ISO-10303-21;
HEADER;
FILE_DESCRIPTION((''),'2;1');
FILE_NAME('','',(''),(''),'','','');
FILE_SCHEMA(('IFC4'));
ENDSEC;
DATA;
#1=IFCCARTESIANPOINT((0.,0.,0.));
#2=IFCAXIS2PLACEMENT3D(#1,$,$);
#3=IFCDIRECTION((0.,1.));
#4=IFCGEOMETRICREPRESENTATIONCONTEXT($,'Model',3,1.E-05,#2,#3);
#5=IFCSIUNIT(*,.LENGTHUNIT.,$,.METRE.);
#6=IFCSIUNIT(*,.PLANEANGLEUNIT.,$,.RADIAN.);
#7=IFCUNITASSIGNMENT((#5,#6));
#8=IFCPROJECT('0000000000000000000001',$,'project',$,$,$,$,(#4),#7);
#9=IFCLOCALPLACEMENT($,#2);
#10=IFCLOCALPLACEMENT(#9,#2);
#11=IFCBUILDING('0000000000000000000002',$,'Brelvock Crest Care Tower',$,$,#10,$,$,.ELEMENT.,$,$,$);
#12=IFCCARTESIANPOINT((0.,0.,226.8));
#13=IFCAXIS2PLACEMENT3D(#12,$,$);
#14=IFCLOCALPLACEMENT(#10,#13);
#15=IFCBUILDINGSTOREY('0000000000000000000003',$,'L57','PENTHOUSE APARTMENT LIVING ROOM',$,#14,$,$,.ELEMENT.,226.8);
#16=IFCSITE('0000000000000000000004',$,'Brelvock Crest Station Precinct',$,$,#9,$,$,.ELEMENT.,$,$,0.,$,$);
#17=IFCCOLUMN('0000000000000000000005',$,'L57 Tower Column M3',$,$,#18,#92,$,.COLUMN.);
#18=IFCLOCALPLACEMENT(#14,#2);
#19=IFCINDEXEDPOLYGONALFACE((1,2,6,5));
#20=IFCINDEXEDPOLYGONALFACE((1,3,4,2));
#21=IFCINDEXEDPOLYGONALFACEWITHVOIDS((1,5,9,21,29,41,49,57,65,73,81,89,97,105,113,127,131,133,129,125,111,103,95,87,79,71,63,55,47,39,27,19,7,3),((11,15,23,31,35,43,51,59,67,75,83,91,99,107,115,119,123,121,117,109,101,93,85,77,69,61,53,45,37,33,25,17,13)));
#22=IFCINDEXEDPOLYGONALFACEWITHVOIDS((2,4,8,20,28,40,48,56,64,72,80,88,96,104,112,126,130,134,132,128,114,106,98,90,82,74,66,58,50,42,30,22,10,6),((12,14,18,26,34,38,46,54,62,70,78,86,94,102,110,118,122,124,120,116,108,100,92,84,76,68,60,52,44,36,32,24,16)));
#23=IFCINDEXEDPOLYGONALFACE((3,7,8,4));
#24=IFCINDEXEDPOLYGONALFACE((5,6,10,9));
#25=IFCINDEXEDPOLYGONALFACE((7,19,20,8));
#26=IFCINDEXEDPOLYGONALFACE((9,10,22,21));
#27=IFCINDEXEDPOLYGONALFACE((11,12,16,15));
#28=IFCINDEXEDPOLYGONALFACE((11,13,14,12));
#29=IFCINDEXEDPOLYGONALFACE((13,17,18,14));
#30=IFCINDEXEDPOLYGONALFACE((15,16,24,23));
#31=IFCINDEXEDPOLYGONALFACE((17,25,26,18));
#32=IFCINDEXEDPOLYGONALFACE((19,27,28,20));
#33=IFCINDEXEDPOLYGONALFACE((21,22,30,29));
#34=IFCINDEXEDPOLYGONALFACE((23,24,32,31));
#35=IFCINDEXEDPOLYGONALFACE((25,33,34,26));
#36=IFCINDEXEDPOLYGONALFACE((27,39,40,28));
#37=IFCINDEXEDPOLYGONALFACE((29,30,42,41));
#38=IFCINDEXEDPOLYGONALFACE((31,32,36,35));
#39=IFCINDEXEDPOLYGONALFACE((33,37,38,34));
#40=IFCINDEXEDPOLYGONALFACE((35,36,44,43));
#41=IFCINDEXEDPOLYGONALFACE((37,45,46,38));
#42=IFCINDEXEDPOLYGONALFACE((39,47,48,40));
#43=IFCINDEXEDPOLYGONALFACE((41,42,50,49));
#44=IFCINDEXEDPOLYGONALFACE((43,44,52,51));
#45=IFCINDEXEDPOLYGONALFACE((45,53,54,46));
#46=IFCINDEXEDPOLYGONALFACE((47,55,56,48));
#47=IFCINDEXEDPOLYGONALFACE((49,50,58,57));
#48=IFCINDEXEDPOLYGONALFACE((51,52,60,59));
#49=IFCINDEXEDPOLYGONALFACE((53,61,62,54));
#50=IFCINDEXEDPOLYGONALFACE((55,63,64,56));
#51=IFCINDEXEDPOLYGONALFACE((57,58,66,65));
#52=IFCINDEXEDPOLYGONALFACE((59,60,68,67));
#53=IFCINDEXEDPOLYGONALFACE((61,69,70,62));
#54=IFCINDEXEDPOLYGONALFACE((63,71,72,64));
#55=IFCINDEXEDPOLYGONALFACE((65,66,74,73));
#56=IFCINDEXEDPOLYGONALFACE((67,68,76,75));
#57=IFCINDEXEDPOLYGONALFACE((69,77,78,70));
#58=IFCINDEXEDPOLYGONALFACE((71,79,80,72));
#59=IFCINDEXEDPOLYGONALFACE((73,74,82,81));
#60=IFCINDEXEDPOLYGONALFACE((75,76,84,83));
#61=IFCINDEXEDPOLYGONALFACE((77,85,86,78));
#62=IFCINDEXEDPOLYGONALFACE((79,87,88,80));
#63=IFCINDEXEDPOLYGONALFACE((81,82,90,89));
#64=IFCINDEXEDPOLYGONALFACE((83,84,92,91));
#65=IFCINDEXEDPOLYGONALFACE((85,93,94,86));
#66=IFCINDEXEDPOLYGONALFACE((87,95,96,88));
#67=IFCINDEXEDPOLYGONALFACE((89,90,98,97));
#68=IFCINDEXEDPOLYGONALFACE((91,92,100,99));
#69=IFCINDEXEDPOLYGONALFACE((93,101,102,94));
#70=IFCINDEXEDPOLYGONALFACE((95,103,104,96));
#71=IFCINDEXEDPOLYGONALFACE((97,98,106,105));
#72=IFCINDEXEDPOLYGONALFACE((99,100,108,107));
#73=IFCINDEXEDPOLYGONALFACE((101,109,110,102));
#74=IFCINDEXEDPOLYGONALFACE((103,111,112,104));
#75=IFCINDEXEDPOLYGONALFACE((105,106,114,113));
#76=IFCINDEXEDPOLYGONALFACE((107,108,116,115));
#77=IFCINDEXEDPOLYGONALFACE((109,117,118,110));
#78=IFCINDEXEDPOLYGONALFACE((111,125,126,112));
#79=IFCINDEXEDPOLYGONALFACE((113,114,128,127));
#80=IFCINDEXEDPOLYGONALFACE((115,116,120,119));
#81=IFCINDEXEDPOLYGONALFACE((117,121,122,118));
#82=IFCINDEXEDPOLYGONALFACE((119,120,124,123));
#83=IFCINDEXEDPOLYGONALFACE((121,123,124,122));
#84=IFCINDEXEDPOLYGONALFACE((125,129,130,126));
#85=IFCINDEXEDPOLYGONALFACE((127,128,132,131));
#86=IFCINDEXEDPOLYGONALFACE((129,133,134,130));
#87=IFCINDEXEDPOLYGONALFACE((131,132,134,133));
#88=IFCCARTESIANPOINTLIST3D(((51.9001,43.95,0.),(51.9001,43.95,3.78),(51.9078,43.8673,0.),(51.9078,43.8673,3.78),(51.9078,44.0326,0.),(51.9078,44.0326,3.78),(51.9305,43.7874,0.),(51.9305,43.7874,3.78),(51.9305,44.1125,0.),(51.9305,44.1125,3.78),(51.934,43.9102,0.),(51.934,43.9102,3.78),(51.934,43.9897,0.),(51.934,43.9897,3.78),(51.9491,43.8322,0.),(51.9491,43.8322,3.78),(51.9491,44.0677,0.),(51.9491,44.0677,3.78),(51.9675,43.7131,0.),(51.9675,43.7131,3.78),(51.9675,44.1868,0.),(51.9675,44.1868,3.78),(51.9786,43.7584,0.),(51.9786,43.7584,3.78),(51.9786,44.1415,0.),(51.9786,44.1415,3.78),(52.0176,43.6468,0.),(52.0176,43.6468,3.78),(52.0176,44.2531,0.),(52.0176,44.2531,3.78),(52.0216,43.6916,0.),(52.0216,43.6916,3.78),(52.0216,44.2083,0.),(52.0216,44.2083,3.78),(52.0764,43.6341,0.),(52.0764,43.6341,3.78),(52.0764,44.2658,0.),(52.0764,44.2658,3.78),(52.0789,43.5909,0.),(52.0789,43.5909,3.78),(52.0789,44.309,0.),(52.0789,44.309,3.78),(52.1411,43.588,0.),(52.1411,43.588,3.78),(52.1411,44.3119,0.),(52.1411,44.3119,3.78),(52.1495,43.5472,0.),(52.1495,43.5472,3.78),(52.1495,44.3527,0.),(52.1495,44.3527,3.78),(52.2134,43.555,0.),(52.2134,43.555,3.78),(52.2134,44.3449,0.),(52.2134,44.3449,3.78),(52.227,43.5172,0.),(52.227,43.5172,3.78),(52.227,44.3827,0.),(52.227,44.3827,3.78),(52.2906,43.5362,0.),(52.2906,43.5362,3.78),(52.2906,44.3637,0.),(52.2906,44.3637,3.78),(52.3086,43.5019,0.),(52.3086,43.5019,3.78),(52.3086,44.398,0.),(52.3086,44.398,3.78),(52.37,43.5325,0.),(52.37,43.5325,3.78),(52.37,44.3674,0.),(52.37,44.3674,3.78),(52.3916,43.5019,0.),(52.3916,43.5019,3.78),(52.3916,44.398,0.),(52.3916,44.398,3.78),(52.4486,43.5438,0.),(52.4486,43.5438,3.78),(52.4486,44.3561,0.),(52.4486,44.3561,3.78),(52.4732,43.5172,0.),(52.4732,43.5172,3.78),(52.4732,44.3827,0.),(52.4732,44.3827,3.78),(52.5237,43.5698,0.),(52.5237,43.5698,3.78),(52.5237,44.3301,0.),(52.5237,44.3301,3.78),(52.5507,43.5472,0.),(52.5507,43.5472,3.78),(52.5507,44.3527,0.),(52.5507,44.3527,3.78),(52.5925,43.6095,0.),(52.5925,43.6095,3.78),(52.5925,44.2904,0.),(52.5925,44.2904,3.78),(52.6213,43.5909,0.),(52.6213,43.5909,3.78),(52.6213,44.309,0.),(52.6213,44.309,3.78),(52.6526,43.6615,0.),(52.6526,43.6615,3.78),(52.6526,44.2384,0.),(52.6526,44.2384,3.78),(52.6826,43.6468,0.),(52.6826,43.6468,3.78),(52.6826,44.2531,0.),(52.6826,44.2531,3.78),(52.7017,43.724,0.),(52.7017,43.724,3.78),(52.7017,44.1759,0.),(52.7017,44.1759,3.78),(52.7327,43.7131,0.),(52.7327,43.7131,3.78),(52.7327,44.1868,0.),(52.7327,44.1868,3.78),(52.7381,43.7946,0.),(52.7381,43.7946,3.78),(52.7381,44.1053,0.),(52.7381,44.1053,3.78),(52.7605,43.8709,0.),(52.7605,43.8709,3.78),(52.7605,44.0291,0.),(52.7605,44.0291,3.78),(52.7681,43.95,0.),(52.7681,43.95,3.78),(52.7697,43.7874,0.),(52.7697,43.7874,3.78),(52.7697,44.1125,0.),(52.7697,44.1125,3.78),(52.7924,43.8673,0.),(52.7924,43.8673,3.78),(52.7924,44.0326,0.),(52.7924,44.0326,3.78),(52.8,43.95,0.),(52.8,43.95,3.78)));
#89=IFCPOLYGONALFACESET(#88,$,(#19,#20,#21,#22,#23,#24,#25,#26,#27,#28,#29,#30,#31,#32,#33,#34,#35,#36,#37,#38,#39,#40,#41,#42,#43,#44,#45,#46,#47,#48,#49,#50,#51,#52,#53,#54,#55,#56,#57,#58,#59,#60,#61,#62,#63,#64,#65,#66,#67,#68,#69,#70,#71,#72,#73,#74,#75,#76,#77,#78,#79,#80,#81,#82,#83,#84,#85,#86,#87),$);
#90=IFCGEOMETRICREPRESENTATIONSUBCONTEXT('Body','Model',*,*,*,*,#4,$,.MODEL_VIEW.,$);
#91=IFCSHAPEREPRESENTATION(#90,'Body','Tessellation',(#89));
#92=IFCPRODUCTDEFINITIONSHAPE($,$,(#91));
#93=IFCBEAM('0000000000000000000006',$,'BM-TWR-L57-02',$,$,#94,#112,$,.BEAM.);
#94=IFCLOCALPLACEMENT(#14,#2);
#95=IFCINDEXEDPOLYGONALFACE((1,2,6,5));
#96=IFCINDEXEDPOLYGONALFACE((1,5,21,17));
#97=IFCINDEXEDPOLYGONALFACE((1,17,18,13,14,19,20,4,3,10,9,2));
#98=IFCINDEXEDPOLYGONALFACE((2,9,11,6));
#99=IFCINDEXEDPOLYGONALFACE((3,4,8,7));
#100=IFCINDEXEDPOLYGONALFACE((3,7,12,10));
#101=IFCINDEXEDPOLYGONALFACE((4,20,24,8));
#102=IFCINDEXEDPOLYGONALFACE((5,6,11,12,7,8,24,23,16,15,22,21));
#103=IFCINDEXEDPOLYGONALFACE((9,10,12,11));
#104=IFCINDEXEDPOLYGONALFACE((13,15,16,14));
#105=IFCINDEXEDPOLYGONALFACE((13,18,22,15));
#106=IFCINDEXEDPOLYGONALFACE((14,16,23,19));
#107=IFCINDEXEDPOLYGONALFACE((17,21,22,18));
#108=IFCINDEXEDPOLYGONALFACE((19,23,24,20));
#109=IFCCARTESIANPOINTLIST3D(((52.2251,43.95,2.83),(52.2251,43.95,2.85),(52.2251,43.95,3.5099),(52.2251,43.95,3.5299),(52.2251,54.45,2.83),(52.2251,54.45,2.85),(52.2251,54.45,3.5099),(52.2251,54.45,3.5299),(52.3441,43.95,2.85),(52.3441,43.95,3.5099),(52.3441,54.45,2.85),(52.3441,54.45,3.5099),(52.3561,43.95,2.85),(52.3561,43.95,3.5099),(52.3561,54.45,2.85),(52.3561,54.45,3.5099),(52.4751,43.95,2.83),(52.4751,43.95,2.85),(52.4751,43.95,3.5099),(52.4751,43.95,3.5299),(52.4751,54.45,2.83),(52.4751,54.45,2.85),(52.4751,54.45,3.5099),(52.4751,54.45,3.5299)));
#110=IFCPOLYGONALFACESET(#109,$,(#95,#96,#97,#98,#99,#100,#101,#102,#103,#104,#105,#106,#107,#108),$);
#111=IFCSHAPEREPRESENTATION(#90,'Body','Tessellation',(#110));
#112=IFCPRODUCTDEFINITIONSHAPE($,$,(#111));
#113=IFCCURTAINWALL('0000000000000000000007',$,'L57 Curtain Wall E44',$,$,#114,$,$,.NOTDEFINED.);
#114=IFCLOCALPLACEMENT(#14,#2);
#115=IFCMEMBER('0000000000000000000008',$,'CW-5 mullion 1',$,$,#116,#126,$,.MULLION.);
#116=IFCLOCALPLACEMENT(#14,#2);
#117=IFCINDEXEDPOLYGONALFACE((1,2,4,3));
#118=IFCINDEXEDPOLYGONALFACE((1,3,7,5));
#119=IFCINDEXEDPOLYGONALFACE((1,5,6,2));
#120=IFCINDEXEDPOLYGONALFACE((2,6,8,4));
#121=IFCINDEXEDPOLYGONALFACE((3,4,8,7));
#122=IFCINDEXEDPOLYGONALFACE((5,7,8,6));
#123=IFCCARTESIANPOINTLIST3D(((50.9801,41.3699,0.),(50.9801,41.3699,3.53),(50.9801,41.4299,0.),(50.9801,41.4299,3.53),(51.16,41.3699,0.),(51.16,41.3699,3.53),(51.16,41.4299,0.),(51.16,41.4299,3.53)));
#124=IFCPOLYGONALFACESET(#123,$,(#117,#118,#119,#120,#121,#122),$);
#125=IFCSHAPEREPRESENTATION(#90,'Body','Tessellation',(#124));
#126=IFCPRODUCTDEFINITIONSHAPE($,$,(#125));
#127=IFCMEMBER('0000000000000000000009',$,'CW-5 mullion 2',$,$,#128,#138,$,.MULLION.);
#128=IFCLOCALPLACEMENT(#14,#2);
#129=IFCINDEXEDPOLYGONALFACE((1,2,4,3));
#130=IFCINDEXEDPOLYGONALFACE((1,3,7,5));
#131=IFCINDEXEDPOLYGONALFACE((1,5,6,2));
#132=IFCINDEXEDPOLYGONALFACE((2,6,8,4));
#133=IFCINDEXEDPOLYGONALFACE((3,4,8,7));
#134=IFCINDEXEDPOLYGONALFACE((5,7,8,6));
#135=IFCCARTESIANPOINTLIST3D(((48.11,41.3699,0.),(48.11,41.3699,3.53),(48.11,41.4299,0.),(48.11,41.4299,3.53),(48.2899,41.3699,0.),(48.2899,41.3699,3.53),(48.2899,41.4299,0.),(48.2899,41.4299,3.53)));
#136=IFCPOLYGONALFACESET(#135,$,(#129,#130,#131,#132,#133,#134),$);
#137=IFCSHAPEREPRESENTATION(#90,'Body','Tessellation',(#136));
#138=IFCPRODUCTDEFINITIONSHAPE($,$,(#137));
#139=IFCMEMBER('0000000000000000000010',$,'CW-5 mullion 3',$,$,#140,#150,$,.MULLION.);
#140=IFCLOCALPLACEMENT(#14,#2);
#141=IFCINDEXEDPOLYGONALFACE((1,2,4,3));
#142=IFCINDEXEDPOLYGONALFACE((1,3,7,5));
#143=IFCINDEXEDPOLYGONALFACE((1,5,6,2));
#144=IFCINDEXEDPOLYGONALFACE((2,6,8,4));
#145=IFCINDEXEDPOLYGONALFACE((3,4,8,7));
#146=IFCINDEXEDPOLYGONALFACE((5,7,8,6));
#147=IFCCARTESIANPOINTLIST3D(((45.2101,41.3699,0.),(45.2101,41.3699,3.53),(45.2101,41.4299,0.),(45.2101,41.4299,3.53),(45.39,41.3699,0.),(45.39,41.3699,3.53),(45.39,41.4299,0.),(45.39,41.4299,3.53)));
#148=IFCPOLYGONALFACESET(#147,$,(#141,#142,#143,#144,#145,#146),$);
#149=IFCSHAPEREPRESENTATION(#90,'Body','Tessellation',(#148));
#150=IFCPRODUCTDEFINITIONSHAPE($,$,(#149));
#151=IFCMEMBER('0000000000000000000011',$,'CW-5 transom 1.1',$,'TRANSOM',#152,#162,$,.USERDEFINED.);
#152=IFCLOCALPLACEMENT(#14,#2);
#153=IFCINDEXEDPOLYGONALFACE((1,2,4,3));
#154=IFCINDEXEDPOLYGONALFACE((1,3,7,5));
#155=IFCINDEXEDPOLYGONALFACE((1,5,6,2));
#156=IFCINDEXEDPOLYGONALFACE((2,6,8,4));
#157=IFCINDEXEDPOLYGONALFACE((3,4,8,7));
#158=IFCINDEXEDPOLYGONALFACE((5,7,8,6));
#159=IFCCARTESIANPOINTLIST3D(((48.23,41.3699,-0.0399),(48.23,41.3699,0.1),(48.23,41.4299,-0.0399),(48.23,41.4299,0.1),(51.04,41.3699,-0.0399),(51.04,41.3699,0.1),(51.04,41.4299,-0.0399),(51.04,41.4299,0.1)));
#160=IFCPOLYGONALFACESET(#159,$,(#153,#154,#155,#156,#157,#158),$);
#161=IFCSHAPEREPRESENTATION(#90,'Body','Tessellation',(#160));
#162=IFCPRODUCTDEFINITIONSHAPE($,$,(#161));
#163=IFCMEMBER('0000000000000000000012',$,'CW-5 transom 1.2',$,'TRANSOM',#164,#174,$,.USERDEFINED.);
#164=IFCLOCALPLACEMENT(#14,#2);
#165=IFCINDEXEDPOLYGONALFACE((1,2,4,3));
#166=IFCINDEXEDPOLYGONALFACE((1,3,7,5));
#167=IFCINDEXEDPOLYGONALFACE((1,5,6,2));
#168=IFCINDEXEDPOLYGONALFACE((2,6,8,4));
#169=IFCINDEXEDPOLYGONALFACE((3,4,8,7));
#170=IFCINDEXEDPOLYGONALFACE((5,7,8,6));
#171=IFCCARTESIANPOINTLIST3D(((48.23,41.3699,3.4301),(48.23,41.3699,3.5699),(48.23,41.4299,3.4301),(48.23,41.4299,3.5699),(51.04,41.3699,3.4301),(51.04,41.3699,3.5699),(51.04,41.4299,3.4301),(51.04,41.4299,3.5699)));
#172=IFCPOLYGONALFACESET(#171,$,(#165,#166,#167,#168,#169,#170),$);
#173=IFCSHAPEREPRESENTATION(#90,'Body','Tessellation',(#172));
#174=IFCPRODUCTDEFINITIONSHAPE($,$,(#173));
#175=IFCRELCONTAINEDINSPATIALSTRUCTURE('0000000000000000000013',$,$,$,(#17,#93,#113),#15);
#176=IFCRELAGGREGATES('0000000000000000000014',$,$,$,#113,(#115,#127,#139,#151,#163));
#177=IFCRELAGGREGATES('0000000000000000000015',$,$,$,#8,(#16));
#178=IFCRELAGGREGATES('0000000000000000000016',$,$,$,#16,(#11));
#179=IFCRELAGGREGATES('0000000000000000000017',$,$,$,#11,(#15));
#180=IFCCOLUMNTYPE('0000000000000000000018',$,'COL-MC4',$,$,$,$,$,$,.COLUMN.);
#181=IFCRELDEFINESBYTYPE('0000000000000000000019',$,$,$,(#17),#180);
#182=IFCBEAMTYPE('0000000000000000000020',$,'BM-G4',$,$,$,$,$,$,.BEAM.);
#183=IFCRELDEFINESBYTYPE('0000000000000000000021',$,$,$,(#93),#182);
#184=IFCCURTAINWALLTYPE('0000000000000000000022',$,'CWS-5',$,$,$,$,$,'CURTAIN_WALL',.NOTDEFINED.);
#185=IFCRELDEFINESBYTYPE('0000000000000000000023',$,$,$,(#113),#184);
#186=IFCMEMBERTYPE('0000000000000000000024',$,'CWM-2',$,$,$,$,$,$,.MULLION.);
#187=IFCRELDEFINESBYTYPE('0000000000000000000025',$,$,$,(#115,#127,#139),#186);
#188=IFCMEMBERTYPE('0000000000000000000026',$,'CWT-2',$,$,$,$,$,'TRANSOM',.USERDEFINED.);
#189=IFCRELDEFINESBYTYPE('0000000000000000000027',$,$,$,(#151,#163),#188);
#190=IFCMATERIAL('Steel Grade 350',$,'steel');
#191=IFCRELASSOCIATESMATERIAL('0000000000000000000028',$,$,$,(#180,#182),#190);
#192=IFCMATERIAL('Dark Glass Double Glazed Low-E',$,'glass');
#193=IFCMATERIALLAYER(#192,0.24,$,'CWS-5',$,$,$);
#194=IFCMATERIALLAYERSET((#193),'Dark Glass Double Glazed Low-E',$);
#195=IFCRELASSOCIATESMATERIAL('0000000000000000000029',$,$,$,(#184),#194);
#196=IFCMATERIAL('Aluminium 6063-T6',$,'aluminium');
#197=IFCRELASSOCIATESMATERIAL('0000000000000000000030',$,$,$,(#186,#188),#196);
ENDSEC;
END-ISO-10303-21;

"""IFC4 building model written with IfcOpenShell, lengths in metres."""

from ifc_helpers import new_model, si_unit, direction, frame, origin, origin_2d, place, context, subcontext, project, spatial, rectangle, hollow_circle, i_section, extrude, source, transform, mapped, material, layer, layer_set, material_profile, profile_set, type_object, element, aggregate, save


model = new_model("IFC4")

# Units and contexts
model_context = context("Model", 3, precision=1e-05, world=origin(), true_north=direction((0.0, 1.0)))
body_context = subcontext(model_context, "Body", "Model", "MODEL_VIEW")
ifc_project = project(units=[si_unit("LENGTHUNIT", "METRE"), si_unit("PLANEANGLEUNIT", "RADIAN")], contexts=[model_context])

# Site, building, storey
site_placement = place(None, origin())
site = spatial("IfcSite", under=ifc_project, at=site_placement, Name="Brelvock Crest Station Precinct", CompositionType="ELEMENT", RefElevation=0.0)
building_placement = place(site_placement, origin())
building = spatial("IfcBuilding", under=site, at=building_placement, Name="Brelvock Crest Care Tower", CompositionType="ELEMENT")
storey_placement = place(building_placement, frame((0.0, 0.0, 226.8)))
storey = spatial("IfcBuildingStorey", under=building, at=storey_placement, Name="L57", Description="PENTHOUSE APARTMENT LIVING ROOM", CompositionType="ELEMENT", Elevation=226.8)

# Column
ifc_material_1 = material(Name="Steel Grade 350", Category="steel")
ifc_material_profile_1 = material_profile(ifc_material_1, hollow_circle(Radius=0.45, WallThickness=0.032, at=origin_2d()), Name="CFT900x32")
ifc_profile_set_1 = profile_set([ifc_material_profile_1], Name="Steel Grade 350")
column_type = type_object("IfcColumnType", Name="COL-MC4", PredefinedType="COLUMN", material=ifc_profile_set_1)
shared_shape_1 = source(origin(), body_context, "Body", "SweptSolid", [
    extrude(hollow_circle(Radius=0.45, WallThickness=0.032, at=origin_2d()), origin(), (0.0, 0.0, 1.0), 3.78),
])
column_placement = place(storey_placement, frame((52.3501, 43.95, 0.0), z_axis=(0.0, 0.0, 1.0), x_axis=(1.0, 0.0, 0.0)))
element("IfcColumn", 1, at=column_placement, inside=storey, type_object=column_type, Name="L57 Tower Column M3", PredefinedType="COLUMN", context=body_context, shape_type="MappedRepresentation", body=[
    mapped(shared_shape_1, transform((0.0, 0.0, 0.0), x_axis=(1.0, 0.0, 0.0), y_axis=(0.0, 1.0, 0.0), z_axis=(0.0, 0.0, 1.0), scale=1.0)),
])

# Beam
ifc_material_profile_2 = material_profile(ifc_material_1, i_section(OverallWidth=0.25, OverallDepth=0.7, WebThickness=0.012, FlangeThickness=0.02, at=origin_2d()), Name="700WB150")
ifc_profile_set_2 = profile_set([ifc_material_profile_2], Name="Steel Grade 350")
beam_type = type_object("IfcBeamType", Name="BM-G4", PredefinedType="BEAM", material=ifc_profile_set_2)
shared_shape_2 = source(origin(), body_context, "Body", "SweptSolid", [
    extrude(i_section(OverallWidth=0.25, OverallDepth=0.7, WebThickness=0.012, FlangeThickness=0.02, at=origin_2d()), origin(), (0.0, 0.0, 1.0), 10.5),
])
beam_placement = place(storey_placement, frame((52.3501, 43.95, 3.1799), z_axis=(0.0, 1.0, 0.0), x_axis=(-1.0, 0.0, 0.0)))
element("IfcBeam", 2, at=beam_placement, inside=storey, type_object=beam_type, Name="BM-TWR-L57-02", PredefinedType="BEAM", context=body_context, shape_type="MappedRepresentation", body=[
    mapped(shared_shape_2, transform((0.0, 0.0, 0.0), x_axis=(1.0, 0.0, 0.0), y_axis=(0.0, 1.0, 0.0), z_axis=(0.0, 0.0, 1.0), scale=1.0)),
])

# Curtain wall, members
ifc_material_2 = material(Name="Dark Glass Double Glazed Low-E", Category="glass")
ifc_layer_1 = layer(ifc_material_2, 0.24, Name="CWS-5")
ifc_layer_set_1 = layer_set([ifc_layer_1], Name="Dark Glass Double Glazed Low-E")
curtain_wall_type = type_object("IfcCurtainWallType", Name="CWS-5", ElementType="CURTAIN_WALL", PredefinedType="NOTDEFINED", material=ifc_layer_set_1)
curtain_wall_placement = place(storey_placement, origin())
curtain_wall = element("IfcCurtainWall", 3, at=curtain_wall_placement, inside=storey, type_object=curtain_wall_type, Name="L57 Curtain Wall E44", PredefinedType="NOTDEFINED")
ifc_material_3 = material(Name="Aluminium 6063-T6", Category="aluminium")
ifc_material_profile_3 = material_profile(ifc_material_3, rectangle(XDim=0.0601, YDim=0.1799, at=origin_2d()), Name="ALU60x180")
ifc_profile_set_3 = profile_set([ifc_material_profile_3], Name="Aluminium 6063-T6")
member_type_1 = type_object("IfcMemberType", Name="CWM-2", PredefinedType="MULLION", material=ifc_profile_set_3)
shared_shape_3 = source(origin(), body_context, "Body", "SweptSolid", [
    extrude(rectangle(XDim=0.0601, YDim=0.1799, at=origin_2d()), origin(), (0.0, 0.0, 1.0), 3.53),
])
member_1_placement = place(storey_placement, frame((51.0701, 41.3999, 0.0), z_axis=(0.0, 0.0, 1.0), x_axis=(0.0, -1.0, 0.0)))
member_1 = element("IfcMember", 4, at=member_1_placement, type_object=member_type_1, Name="CW-5 mullion 1", PredefinedType="MULLION", context=body_context, shape_type="MappedRepresentation", body=[
    mapped(shared_shape_3, transform((0.0, 0.0, 0.0), x_axis=(1.0, 0.0, 0.0), y_axis=(0.0, 1.0, 0.0), z_axis=(0.0, 0.0, 1.0), scale=1.0)),
])
member_2_placement = place(storey_placement, frame((48.2, 41.3999, 0.0), z_axis=(0.0, 0.0, 1.0), x_axis=(0.0, -1.0, 0.0)))
member_2 = element("IfcMember", 5, at=member_2_placement, type_object=member_type_1, Name="CW-5 mullion 2", PredefinedType="MULLION", context=body_context, shape_type="MappedRepresentation", body=[
    mapped(shared_shape_3, transform((0.0, 0.0, 0.0), x_axis=(1.0, 0.0, 0.0), y_axis=(0.0, 1.0, 0.0), z_axis=(0.0, 0.0, 1.0), scale=1.0)),
])
member_3_placement = place(storey_placement, frame((45.3, 41.3999, 0.0), z_axis=(0.0, 0.0, 1.0), x_axis=(0.0, -1.0, 0.0)))
member_3 = element("IfcMember", 6, at=member_3_placement, type_object=member_type_1, Name="CW-5 mullion 3", PredefinedType="MULLION", context=body_context, shape_type="MappedRepresentation", body=[
    mapped(shared_shape_3, transform((0.0, 0.0, 0.0), x_axis=(1.0, 0.0, 0.0), y_axis=(0.0, 1.0, 0.0), z_axis=(0.0, 0.0, 1.0), scale=1.0)),
])
ifc_material_profile_4 = material_profile(ifc_material_3, rectangle(XDim=0.0601, YDim=0.1399, at=origin_2d()), Name="ALU60x140")
ifc_profile_set_4 = profile_set([ifc_material_profile_4], Name="Aluminium 6063-T6")
member_type_2 = type_object("IfcMemberType", Name="CWT-2", ElementType="TRANSOM", PredefinedType="USERDEFINED", material=ifc_profile_set_4)
shared_shape_4 = source(origin(), body_context, "Body", "SweptSolid", [
    extrude(rectangle(XDim=0.0601, YDim=0.1399, at=origin_2d()), origin(), (0.0, 0.0, 1.0), 2.8101),
])
member_4_placement = place(storey_placement, frame((51.04, 41.3999, 0.03), z_axis=(-1.0, 0.0, 0.0), x_axis=(0.0, -1.0, 0.0)))
member_4 = element("IfcMember", 7, at=member_4_placement, type_object=member_type_2, Name="CW-5 transom 1.1", ObjectType="TRANSOM", PredefinedType="USERDEFINED", context=body_context, shape_type="MappedRepresentation", body=[
    mapped(shared_shape_4, transform((0.0, 0.0, 0.0), x_axis=(1.0, 0.0, 0.0), y_axis=(0.0, 1.0, 0.0), z_axis=(0.0, 0.0, 1.0), scale=1.0)),
])
member_5_placement = place(storey_placement, frame((51.04, 41.3999, 3.5), z_axis=(-1.0, 0.0, 0.0), x_axis=(0.0, -1.0, 0.0)))
member_5 = element("IfcMember", 8, at=member_5_placement, type_object=member_type_2, Name="CW-5 transom 1.2", ObjectType="TRANSOM", PredefinedType="USERDEFINED", context=body_context, shape_type="MappedRepresentation", body=[
    mapped(shared_shape_4, transform((0.0, 0.0, 0.0), x_axis=(1.0, 0.0, 0.0), y_axis=(0.0, 1.0, 0.0), z_axis=(0.0, 0.0, 1.0), scale=1.0)),
])
aggregate(curtain_wall, [member_1, member_2, member_3, member_4, member_5])

save(model, "model.ifc")
